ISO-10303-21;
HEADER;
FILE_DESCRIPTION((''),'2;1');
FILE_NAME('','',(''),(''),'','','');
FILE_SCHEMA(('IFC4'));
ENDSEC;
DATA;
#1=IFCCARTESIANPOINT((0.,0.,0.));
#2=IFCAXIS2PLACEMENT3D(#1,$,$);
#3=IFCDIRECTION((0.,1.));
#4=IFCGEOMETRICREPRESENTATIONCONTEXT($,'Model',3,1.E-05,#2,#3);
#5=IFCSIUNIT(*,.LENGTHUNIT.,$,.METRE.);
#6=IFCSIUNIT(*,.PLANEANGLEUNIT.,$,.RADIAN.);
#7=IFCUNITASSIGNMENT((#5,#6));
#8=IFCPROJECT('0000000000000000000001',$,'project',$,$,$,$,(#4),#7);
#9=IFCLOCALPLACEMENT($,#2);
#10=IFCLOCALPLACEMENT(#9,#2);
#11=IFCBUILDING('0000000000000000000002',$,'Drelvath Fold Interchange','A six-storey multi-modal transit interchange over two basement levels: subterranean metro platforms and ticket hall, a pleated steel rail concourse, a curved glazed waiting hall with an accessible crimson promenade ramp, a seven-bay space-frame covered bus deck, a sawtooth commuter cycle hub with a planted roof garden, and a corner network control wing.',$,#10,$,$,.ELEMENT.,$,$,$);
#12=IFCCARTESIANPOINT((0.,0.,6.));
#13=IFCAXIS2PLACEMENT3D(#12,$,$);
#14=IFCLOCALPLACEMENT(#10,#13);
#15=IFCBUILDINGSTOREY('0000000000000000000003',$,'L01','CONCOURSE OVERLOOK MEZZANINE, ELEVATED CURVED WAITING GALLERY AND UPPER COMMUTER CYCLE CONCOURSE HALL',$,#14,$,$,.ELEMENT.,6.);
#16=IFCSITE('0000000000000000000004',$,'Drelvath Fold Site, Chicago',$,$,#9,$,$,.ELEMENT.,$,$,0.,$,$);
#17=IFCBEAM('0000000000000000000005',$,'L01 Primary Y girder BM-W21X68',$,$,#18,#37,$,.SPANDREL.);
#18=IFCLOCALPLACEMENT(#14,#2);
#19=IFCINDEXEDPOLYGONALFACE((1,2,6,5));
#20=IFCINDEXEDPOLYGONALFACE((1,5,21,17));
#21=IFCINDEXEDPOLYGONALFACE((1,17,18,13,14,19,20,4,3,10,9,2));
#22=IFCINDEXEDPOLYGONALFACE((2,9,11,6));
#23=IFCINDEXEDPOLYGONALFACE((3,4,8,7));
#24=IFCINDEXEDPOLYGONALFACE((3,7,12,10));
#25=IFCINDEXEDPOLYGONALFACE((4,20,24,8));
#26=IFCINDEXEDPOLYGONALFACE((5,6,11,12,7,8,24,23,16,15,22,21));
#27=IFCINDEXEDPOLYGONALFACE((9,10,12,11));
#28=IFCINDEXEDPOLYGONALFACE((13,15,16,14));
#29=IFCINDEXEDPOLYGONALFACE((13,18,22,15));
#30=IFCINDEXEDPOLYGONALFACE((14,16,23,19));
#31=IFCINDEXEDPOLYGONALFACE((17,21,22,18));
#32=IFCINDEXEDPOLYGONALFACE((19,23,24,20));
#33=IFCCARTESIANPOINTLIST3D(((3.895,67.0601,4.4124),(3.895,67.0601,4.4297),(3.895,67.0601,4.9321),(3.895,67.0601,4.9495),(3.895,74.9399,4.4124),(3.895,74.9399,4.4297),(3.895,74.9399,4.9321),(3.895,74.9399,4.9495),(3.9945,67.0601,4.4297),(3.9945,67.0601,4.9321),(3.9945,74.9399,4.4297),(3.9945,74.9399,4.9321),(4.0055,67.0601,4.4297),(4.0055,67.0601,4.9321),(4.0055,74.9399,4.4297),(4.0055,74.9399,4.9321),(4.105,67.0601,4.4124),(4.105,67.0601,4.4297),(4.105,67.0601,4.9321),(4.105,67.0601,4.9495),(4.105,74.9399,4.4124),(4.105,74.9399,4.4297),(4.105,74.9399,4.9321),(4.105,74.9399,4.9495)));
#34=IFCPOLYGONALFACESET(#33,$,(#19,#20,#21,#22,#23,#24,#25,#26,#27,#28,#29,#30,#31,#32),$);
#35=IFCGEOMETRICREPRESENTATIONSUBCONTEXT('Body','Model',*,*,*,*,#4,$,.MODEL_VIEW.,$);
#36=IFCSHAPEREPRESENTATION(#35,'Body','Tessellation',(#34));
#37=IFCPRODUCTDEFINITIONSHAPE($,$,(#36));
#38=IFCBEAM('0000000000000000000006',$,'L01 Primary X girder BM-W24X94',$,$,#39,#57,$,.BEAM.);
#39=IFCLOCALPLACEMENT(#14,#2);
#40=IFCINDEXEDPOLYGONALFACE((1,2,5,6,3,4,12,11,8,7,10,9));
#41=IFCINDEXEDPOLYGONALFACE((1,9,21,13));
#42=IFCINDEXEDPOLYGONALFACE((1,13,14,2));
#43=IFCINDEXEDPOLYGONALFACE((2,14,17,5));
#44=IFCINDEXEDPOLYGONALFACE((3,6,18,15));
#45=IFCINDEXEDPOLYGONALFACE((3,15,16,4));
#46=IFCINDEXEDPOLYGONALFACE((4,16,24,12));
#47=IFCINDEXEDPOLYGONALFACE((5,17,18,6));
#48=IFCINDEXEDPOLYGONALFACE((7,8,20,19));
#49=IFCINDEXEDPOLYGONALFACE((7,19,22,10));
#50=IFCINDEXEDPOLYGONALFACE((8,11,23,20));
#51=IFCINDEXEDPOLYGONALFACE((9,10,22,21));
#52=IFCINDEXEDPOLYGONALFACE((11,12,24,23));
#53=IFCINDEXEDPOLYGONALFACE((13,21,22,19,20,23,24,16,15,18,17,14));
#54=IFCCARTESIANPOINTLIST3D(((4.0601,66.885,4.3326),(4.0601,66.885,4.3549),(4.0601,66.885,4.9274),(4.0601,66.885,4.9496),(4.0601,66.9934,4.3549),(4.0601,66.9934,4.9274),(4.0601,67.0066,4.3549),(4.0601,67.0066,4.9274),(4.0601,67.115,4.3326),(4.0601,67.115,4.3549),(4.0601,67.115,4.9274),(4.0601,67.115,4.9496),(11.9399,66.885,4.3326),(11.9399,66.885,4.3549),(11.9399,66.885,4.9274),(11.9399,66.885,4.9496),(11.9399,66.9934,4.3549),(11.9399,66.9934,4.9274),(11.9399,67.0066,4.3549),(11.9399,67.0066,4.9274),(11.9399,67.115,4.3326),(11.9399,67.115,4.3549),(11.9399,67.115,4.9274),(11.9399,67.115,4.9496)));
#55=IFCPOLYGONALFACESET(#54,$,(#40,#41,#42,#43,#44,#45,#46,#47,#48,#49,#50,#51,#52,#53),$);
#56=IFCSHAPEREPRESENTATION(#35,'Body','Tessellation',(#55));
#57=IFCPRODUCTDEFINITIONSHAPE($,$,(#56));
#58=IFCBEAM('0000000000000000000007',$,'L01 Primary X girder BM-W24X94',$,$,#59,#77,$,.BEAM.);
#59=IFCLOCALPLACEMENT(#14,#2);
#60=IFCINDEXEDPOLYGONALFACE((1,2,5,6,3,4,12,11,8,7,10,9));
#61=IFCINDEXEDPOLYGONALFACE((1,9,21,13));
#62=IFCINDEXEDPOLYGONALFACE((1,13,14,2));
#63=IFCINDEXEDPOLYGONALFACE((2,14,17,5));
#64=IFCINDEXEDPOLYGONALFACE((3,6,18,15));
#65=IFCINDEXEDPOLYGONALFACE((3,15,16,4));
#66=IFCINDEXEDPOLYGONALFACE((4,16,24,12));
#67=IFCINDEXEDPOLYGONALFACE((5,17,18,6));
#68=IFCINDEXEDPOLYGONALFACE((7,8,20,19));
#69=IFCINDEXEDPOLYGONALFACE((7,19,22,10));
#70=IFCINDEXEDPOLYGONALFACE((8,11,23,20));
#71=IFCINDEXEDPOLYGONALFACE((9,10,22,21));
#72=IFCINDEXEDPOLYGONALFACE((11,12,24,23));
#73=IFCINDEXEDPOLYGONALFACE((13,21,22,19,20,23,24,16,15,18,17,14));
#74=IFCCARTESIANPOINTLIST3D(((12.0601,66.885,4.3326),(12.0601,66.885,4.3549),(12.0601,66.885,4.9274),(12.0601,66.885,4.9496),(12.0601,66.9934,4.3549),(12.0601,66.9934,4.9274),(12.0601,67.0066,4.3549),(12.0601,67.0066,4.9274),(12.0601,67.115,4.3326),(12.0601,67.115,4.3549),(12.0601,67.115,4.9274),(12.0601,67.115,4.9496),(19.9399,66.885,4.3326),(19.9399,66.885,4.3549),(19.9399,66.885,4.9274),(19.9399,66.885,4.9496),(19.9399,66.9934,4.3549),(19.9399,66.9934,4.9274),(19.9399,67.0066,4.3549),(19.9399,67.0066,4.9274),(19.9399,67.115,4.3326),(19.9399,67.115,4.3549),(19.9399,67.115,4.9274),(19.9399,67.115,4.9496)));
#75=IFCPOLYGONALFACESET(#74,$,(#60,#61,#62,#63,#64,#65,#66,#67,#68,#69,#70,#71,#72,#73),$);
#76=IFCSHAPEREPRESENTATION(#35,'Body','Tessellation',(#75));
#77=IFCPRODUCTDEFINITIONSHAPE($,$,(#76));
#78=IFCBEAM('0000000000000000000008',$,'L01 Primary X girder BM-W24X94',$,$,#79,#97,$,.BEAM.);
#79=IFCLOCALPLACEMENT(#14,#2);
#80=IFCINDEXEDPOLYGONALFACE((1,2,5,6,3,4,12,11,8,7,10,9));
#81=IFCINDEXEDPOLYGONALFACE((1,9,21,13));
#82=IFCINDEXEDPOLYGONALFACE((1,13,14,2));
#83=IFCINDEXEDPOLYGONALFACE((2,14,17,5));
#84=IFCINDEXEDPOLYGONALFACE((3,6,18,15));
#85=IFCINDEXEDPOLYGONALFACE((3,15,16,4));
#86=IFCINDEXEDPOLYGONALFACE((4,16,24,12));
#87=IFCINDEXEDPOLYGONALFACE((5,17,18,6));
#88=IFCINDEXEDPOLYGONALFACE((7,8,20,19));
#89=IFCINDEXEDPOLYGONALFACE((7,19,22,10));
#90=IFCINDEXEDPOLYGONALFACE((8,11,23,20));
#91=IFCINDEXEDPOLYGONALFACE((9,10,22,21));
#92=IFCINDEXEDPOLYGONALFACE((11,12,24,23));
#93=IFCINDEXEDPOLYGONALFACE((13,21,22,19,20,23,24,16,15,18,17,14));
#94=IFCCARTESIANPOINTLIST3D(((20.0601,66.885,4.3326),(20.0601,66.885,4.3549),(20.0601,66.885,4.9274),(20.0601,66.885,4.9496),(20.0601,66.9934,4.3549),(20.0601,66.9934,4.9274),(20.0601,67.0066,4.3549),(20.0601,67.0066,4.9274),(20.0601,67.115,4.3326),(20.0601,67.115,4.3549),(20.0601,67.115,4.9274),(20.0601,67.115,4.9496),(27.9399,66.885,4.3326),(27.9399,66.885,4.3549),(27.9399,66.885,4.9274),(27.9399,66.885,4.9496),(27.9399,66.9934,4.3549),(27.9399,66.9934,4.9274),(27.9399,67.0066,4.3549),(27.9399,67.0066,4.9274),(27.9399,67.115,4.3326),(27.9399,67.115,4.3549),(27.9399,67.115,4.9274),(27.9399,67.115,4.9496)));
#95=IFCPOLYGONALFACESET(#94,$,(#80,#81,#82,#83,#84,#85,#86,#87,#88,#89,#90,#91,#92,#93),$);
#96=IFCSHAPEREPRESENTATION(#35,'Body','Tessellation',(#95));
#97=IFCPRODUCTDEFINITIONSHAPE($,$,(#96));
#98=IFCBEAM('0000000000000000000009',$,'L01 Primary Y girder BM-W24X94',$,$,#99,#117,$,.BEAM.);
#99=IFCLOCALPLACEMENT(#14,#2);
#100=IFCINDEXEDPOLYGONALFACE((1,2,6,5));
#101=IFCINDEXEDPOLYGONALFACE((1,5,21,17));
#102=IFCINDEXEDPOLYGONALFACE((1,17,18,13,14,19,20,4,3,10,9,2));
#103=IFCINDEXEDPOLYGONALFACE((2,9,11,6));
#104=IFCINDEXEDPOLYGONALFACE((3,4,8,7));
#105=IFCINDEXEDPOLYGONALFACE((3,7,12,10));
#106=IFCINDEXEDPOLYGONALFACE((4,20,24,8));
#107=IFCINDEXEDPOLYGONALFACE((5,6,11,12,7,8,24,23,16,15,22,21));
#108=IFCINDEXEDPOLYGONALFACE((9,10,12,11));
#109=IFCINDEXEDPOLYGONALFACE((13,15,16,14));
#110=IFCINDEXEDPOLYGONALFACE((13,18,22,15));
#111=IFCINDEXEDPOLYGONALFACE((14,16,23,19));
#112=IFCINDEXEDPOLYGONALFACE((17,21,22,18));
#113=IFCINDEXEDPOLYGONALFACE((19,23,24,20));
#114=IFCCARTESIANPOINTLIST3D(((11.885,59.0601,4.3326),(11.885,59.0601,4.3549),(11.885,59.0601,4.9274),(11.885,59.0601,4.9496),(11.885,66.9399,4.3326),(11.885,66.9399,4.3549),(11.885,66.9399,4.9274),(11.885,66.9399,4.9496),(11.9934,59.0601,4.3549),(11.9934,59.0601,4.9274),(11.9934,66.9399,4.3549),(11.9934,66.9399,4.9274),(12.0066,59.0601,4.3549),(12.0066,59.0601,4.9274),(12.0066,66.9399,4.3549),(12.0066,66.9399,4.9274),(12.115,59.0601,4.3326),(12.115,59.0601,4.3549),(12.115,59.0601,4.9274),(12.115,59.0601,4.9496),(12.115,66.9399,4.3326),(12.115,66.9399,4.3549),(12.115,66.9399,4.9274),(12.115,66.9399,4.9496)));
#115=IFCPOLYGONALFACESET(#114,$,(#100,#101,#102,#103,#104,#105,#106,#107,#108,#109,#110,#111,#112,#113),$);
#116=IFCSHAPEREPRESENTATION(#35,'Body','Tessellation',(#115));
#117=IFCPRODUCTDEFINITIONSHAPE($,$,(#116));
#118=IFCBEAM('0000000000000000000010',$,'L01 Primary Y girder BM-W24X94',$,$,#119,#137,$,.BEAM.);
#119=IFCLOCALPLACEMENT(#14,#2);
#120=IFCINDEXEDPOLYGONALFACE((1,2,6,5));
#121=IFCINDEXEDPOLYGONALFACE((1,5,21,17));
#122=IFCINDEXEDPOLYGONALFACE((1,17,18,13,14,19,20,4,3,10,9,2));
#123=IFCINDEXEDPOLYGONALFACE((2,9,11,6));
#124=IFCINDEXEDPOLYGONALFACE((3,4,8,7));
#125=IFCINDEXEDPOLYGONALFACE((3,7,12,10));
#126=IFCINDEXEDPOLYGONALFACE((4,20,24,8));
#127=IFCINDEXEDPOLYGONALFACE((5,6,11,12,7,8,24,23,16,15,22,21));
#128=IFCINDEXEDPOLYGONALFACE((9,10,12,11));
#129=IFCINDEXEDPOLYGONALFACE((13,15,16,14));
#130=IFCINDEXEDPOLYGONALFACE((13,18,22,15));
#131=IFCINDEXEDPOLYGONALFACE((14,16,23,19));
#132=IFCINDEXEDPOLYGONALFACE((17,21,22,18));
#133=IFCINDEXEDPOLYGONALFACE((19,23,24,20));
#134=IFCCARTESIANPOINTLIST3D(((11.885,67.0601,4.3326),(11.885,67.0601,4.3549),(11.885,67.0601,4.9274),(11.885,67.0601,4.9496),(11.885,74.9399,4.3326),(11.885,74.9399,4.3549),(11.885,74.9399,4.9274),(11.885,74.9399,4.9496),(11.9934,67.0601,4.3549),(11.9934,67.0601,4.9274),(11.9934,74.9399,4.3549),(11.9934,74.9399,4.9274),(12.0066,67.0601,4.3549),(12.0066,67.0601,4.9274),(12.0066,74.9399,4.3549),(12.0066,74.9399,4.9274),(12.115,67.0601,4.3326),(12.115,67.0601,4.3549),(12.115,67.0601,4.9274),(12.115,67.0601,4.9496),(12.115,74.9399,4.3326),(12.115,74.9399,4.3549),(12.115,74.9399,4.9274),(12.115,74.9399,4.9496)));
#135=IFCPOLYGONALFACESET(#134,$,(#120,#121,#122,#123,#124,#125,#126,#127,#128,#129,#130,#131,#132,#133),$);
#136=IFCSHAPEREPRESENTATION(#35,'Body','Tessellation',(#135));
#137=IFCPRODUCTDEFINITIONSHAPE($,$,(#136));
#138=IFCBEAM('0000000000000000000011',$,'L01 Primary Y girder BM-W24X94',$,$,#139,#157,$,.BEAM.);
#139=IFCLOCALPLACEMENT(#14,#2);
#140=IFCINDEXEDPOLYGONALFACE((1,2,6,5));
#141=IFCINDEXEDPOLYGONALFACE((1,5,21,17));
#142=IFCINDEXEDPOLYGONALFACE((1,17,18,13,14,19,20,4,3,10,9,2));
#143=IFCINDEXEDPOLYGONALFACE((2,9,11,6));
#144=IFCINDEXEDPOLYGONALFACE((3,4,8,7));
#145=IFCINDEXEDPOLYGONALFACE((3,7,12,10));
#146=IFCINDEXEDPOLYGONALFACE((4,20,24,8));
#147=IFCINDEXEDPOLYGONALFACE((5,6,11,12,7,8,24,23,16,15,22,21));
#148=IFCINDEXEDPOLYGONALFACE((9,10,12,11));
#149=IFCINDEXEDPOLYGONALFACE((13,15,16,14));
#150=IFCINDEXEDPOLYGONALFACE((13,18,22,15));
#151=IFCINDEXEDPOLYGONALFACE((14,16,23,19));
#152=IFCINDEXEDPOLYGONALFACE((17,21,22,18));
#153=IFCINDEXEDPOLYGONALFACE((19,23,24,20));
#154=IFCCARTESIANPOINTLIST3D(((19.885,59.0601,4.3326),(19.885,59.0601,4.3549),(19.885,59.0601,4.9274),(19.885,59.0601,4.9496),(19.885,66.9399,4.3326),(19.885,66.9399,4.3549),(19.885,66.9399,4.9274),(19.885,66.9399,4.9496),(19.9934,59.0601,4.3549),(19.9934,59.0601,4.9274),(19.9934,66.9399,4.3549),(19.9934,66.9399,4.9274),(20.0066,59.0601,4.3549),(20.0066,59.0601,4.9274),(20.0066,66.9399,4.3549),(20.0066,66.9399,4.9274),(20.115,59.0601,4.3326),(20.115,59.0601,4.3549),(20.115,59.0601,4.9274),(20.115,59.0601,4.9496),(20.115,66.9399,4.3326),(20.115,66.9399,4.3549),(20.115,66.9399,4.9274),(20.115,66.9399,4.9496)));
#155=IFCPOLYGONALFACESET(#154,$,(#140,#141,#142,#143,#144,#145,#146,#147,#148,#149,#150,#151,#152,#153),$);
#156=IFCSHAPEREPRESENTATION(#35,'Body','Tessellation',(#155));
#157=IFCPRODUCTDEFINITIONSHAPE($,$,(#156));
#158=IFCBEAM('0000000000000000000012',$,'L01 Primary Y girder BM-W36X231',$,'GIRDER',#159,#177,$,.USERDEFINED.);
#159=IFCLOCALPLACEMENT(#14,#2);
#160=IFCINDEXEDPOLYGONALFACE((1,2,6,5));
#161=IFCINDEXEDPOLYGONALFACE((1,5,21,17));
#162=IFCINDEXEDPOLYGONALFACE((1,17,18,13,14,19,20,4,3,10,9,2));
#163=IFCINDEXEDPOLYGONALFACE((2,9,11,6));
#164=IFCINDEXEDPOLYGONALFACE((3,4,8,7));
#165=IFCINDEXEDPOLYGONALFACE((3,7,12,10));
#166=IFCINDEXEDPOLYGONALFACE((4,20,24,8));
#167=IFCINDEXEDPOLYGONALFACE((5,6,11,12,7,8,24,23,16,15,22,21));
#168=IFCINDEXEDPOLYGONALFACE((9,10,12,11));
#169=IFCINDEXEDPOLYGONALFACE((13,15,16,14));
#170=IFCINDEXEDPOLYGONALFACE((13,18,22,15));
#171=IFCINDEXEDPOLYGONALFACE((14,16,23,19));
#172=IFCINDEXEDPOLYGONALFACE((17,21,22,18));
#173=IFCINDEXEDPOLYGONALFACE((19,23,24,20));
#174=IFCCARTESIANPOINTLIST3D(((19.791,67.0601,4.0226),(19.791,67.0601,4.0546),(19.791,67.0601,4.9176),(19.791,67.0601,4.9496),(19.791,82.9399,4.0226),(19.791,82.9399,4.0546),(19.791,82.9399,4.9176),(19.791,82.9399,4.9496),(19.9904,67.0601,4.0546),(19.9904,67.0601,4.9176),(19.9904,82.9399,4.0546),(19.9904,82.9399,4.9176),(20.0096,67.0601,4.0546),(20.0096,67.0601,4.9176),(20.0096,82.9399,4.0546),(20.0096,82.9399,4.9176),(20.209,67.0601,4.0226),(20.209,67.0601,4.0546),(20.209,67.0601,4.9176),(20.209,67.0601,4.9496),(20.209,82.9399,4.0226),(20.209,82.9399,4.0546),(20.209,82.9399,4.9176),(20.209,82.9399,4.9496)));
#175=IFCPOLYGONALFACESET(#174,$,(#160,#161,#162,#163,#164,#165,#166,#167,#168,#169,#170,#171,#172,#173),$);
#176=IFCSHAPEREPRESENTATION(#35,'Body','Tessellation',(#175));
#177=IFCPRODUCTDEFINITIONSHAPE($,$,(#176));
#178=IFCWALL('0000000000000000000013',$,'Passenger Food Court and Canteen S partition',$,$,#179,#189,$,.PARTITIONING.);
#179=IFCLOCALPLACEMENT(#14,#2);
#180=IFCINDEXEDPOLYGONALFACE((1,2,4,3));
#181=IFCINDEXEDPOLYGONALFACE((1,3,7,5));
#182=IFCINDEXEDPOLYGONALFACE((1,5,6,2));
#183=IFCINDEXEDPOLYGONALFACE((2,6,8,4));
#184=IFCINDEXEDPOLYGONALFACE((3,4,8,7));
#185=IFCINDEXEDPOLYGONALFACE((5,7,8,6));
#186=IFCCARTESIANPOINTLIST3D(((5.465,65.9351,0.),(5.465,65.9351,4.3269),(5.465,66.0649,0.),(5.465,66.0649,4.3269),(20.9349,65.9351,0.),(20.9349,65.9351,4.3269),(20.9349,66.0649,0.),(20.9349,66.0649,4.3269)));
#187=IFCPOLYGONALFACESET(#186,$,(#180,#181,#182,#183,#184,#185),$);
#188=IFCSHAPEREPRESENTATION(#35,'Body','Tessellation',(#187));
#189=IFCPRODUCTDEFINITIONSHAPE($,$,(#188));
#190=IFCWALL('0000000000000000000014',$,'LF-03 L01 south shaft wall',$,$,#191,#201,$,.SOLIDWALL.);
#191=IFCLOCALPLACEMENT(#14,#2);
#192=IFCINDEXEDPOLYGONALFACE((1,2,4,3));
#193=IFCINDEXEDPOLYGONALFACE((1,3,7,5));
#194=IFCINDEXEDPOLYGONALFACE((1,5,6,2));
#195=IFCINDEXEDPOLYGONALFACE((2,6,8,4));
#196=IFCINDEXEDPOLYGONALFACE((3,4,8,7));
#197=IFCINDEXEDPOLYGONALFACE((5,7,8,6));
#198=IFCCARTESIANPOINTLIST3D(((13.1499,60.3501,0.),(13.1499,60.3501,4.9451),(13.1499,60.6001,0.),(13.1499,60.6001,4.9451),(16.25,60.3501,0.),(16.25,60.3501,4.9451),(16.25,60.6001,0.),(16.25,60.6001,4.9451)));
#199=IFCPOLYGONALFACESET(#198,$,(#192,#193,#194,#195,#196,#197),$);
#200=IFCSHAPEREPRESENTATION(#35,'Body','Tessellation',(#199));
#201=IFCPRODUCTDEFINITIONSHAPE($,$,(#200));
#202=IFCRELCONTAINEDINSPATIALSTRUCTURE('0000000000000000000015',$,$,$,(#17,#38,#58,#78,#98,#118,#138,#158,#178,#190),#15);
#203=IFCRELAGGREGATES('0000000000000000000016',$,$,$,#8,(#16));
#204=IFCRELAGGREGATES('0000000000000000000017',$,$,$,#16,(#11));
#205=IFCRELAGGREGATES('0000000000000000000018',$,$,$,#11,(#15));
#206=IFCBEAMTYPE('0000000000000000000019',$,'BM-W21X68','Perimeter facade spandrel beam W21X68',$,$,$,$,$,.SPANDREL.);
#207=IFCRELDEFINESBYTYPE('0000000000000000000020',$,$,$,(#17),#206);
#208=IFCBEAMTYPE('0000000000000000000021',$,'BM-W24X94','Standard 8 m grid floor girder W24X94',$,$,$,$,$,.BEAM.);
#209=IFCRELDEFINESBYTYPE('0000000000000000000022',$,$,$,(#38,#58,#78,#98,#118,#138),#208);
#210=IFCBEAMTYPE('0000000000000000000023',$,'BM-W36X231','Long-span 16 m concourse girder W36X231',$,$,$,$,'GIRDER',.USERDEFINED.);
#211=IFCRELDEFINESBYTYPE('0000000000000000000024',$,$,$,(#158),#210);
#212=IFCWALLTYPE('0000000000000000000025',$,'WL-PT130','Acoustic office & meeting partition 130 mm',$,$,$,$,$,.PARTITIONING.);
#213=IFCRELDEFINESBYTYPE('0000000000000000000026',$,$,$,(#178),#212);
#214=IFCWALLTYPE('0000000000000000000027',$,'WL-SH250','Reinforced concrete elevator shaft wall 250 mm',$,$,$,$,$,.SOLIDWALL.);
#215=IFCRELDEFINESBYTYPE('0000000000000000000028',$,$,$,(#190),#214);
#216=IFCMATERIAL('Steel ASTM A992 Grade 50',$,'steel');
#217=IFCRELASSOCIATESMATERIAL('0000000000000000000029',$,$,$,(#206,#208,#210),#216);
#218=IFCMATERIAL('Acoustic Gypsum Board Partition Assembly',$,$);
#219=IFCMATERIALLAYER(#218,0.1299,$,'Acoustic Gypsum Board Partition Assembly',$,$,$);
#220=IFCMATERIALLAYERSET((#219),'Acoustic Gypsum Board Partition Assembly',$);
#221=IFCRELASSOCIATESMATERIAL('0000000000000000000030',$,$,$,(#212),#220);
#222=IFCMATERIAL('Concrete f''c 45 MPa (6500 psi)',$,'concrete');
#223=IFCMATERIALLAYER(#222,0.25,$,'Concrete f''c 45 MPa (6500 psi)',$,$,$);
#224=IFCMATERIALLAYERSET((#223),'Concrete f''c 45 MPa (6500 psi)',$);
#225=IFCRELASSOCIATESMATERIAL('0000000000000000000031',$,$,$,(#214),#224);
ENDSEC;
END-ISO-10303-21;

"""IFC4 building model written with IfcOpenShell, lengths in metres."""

from ifc_helpers import new_model, si_unit, direction, frame, frame_2d, origin, origin_2d, place, context, subcontext, project, spatial, rectangle, i_section, extrude, material, layer, layer_set, material_profile, profile_set, type_object, element, save


model = new_model("IFC4")

# Units and contexts
model_context = context("Model", 3, precision=1e-05, world=origin(), true_north=direction((0.0, 1.0)))
body_context = subcontext(model_context, "Body", "Model", "MODEL_VIEW")
ifc_project = project(units=[si_unit("LENGTHUNIT", "METRE"), si_unit("PLANEANGLEUNIT", "RADIAN")], contexts=[model_context])

# Site, building, storey
site_placement = place(None, origin())
site = spatial("IfcSite", under=ifc_project, at=site_placement, Name="Drelvath Fold Site, Chicago", CompositionType="ELEMENT", RefElevation=0.0)
building_placement = place(site_placement, origin())
building = spatial("IfcBuilding", under=site, at=building_placement, Name="Drelvath Fold Interchange", Description="A six-storey multi-modal transit interchange over two basement levels: subterranean metro platforms and ticket hall, a pleated steel rail concourse, a curved glazed waiting hall with an accessible crimson promenade ramp, a seven-bay space-frame covered bus deck, a sawtooth commuter cycle hub with a planted roof garden, and a corner network control wing.", CompositionType="ELEMENT")
storey_placement = place(building_placement, frame((0.0, 0.0, 6.0)))
storey = spatial("IfcBuildingStorey", under=building, at=storey_placement, Name="L01", Description="CONCOURSE OVERLOOK MEZZANINE, ELEVATED CURVED WAITING GALLERY AND UPPER COMMUTER CYCLE CONCOURSE HALL", CompositionType="ELEMENT", Elevation=6.0)

# Beams
ifc_material_1 = material(Name="Steel ASTM A992 Grade 50", Category="steel")
ifc_material_profile_1 = material_profile(ifc_material_1, i_section(OverallWidth=0.21, OverallDepth=0.5371, WebThickness=0.011, FlangeThickness=0.0173, at=origin_2d()), Name="W21X68")
ifc_profile_set_1 = profile_set([ifc_material_profile_1], Name="Steel ASTM A992 Grade 50")
beam_type_1 = type_object("IfcBeamType", Name="BM-W21X68", Description="Perimeter facade spandrel beam W21X68", PredefinedType="SPANDREL", material=ifc_profile_set_1)
for number, where, z_axis, x_axis, name in (
    (1, (4.0, 67.0601, 4.6809), (0.0, 1.0, 0.0), (-1.0, 0.0, 0.0), "L01 Primary Y girder BM-W21X68"),
):
    element("IfcBeam", number, at=place(storey_placement, frame(where, z_axis=z_axis, x_axis=x_axis)), inside=storey, type_object=beam_type_1, Name=name, PredefinedType="SPANDREL", context=body_context, shape_type="SweptSolid", body=[
        extrude(i_section(OverallWidth=0.21, OverallDepth=0.5371, WebThickness=0.011, FlangeThickness=0.0173, at=origin_2d()), origin(), (0.0, 0.0, 1.0), 7.8799),
    ])
ifc_material_profile_2 = material_profile(ifc_material_1, i_section(OverallWidth=0.23, OverallDepth=0.6169, WebThickness=0.0132, FlangeThickness=0.0222, at=origin_2d()), Name="W24X94")
ifc_profile_set_2 = profile_set([ifc_material_profile_2], Name="Steel ASTM A992 Grade 50")
beam_type_2 = type_object("IfcBeamType", Name="BM-W24X94", Description="Standard 8 m grid floor girder W24X94", PredefinedType="BEAM", material=ifc_profile_set_2)
for number, where, z_axis, x_axis, name in (
    (2, (4.0601, 67.0, 4.6411), (1.0, 0.0, 0.0), (0.0, 1.0, 0.0), "L01 Primary X girder BM-W24X94"),
    (3, (12.0601, 67.0, 4.6411), (1.0, 0.0, 0.0), (0.0, 1.0, 0.0), "L01 Primary X girder BM-W24X94"),
    (4, (20.0601, 67.0, 4.6411), (1.0, 0.0, 0.0), (0.0, 1.0, 0.0), "L01 Primary X girder BM-W24X94"),
    (5, (12.0, 59.0601, 4.6411), (0.0, 1.0, 0.0), (-1.0, 0.0, 0.0), "L01 Primary Y girder BM-W24X94"),
    (6, (12.0, 67.0601, 4.6411), (0.0, 1.0, 0.0), (-1.0, 0.0, 0.0), "L01 Primary Y girder BM-W24X94"),
    (7, (20.0, 59.0601, 4.6411), (0.0, 1.0, 0.0), (-1.0, 0.0, 0.0), "L01 Primary Y girder BM-W24X94"),
):
    element("IfcBeam", number, at=place(storey_placement, frame(where, z_axis=z_axis, x_axis=x_axis)), inside=storey, type_object=beam_type_2, Name=name, PredefinedType="BEAM", context=body_context, shape_type="SweptSolid", body=[
        extrude(i_section(OverallWidth=0.23, OverallDepth=0.6169, WebThickness=0.0132, FlangeThickness=0.0222, at=origin_2d()), origin(), (0.0, 0.0, 1.0), 7.8799),
    ])
ifc_material_profile_3 = material_profile(ifc_material_1, i_section(OverallWidth=0.418, OverallDepth=0.927, WebThickness=0.0193, FlangeThickness=0.032, at=origin_2d()), Name="W36X231")
ifc_profile_set_3 = profile_set([ifc_material_profile_3], Name="Steel ASTM A992 Grade 50")
beam_type_3 = type_object("IfcBeamType", Name="BM-W36X231", Description="Long-span 16 m concourse girder W36X231", ElementType="GIRDER", PredefinedType="USERDEFINED", material=ifc_profile_set_3)
beam_1_placement = place(storey_placement, frame((20.0, 67.0601, 4.4861), z_axis=(0.0, 1.0, 0.0), x_axis=(-1.0, 0.0, 0.0)))
element("IfcBeam", 8, at=beam_1_placement, inside=storey, type_object=beam_type_3, Name="L01 Primary Y girder BM-W36X231", ObjectType="GIRDER", PredefinedType="USERDEFINED", context=body_context, shape_type="SweptSolid", body=[
    extrude(i_section(OverallWidth=0.418, OverallDepth=0.927, WebThickness=0.0193, FlangeThickness=0.032, at=origin_2d()), origin(), (0.0, 0.0, 1.0), 15.8799),
])

# Walls
ifc_material_2 = material(Name="Acoustic Gypsum Board Partition Assembly")
ifc_layer_1 = layer(ifc_material_2, 0.1299, Name="Acoustic Gypsum Board Partition Assembly")
ifc_layer_set_1 = layer_set([ifc_layer_1], Name="Acoustic Gypsum Board Partition Assembly")
wall_type_1 = type_object("IfcWallType", Name="WL-PT130", Description="Acoustic office & meeting partition 130 mm", PredefinedType="PARTITIONING", material=ifc_layer_set_1)
wall_1_placement = place(storey_placement, frame((5.4651, 66.0, 0.0), z_axis=(0.0, 0.0, 1.0), x_axis=(1.0, 0.0, 0.0)))
element("IfcWall", 9, at=wall_1_placement, inside=storey, type_object=wall_type_1, Name="Passenger Food Court and Canteen S partition", PredefinedType="PARTITIONING", context=body_context, shape_type="SweptSolid", body=[
    extrude(rectangle(XDim=15.47, YDim=0.1299, at=frame_2d((7.7349, 0.0))), origin(), (0.0, 0.0, 1.0), 4.3269),
])
ifc_material_3 = material(Name="Concrete f'c 45 MPa (6500 psi)", Category="concrete")
ifc_layer_2 = layer(ifc_material_3, 0.25, Name="Concrete f'c 45 MPa (6500 psi)")
ifc_layer_set_2 = layer_set([ifc_layer_2], Name="Concrete f'c 45 MPa (6500 psi)")
wall_type_2 = type_object("IfcWallType", Name="WL-SH250", Description="Reinforced concrete elevator shaft wall 250 mm", PredefinedType="SOLIDWALL", material=ifc_layer_set_2)
wall_2_placement = place(storey_placement, frame((13.1499, 60.4751, 0.0), z_axis=(0.0, 0.0, 1.0), x_axis=(1.0, 0.0, 0.0)))
element("IfcWall", 10, at=wall_2_placement, inside=storey, type_object=wall_type_2, Name="LF-03 L01 south shaft wall", PredefinedType="SOLIDWALL", context=body_context, shape_type="SweptSolid", body=[
    extrude(rectangle(XDim=3.1001, YDim=0.25, at=frame_2d((1.55, 0.0))), origin(), (0.0, 0.0, 1.0), 4.9451),
])

save(model, "model.ifc")
